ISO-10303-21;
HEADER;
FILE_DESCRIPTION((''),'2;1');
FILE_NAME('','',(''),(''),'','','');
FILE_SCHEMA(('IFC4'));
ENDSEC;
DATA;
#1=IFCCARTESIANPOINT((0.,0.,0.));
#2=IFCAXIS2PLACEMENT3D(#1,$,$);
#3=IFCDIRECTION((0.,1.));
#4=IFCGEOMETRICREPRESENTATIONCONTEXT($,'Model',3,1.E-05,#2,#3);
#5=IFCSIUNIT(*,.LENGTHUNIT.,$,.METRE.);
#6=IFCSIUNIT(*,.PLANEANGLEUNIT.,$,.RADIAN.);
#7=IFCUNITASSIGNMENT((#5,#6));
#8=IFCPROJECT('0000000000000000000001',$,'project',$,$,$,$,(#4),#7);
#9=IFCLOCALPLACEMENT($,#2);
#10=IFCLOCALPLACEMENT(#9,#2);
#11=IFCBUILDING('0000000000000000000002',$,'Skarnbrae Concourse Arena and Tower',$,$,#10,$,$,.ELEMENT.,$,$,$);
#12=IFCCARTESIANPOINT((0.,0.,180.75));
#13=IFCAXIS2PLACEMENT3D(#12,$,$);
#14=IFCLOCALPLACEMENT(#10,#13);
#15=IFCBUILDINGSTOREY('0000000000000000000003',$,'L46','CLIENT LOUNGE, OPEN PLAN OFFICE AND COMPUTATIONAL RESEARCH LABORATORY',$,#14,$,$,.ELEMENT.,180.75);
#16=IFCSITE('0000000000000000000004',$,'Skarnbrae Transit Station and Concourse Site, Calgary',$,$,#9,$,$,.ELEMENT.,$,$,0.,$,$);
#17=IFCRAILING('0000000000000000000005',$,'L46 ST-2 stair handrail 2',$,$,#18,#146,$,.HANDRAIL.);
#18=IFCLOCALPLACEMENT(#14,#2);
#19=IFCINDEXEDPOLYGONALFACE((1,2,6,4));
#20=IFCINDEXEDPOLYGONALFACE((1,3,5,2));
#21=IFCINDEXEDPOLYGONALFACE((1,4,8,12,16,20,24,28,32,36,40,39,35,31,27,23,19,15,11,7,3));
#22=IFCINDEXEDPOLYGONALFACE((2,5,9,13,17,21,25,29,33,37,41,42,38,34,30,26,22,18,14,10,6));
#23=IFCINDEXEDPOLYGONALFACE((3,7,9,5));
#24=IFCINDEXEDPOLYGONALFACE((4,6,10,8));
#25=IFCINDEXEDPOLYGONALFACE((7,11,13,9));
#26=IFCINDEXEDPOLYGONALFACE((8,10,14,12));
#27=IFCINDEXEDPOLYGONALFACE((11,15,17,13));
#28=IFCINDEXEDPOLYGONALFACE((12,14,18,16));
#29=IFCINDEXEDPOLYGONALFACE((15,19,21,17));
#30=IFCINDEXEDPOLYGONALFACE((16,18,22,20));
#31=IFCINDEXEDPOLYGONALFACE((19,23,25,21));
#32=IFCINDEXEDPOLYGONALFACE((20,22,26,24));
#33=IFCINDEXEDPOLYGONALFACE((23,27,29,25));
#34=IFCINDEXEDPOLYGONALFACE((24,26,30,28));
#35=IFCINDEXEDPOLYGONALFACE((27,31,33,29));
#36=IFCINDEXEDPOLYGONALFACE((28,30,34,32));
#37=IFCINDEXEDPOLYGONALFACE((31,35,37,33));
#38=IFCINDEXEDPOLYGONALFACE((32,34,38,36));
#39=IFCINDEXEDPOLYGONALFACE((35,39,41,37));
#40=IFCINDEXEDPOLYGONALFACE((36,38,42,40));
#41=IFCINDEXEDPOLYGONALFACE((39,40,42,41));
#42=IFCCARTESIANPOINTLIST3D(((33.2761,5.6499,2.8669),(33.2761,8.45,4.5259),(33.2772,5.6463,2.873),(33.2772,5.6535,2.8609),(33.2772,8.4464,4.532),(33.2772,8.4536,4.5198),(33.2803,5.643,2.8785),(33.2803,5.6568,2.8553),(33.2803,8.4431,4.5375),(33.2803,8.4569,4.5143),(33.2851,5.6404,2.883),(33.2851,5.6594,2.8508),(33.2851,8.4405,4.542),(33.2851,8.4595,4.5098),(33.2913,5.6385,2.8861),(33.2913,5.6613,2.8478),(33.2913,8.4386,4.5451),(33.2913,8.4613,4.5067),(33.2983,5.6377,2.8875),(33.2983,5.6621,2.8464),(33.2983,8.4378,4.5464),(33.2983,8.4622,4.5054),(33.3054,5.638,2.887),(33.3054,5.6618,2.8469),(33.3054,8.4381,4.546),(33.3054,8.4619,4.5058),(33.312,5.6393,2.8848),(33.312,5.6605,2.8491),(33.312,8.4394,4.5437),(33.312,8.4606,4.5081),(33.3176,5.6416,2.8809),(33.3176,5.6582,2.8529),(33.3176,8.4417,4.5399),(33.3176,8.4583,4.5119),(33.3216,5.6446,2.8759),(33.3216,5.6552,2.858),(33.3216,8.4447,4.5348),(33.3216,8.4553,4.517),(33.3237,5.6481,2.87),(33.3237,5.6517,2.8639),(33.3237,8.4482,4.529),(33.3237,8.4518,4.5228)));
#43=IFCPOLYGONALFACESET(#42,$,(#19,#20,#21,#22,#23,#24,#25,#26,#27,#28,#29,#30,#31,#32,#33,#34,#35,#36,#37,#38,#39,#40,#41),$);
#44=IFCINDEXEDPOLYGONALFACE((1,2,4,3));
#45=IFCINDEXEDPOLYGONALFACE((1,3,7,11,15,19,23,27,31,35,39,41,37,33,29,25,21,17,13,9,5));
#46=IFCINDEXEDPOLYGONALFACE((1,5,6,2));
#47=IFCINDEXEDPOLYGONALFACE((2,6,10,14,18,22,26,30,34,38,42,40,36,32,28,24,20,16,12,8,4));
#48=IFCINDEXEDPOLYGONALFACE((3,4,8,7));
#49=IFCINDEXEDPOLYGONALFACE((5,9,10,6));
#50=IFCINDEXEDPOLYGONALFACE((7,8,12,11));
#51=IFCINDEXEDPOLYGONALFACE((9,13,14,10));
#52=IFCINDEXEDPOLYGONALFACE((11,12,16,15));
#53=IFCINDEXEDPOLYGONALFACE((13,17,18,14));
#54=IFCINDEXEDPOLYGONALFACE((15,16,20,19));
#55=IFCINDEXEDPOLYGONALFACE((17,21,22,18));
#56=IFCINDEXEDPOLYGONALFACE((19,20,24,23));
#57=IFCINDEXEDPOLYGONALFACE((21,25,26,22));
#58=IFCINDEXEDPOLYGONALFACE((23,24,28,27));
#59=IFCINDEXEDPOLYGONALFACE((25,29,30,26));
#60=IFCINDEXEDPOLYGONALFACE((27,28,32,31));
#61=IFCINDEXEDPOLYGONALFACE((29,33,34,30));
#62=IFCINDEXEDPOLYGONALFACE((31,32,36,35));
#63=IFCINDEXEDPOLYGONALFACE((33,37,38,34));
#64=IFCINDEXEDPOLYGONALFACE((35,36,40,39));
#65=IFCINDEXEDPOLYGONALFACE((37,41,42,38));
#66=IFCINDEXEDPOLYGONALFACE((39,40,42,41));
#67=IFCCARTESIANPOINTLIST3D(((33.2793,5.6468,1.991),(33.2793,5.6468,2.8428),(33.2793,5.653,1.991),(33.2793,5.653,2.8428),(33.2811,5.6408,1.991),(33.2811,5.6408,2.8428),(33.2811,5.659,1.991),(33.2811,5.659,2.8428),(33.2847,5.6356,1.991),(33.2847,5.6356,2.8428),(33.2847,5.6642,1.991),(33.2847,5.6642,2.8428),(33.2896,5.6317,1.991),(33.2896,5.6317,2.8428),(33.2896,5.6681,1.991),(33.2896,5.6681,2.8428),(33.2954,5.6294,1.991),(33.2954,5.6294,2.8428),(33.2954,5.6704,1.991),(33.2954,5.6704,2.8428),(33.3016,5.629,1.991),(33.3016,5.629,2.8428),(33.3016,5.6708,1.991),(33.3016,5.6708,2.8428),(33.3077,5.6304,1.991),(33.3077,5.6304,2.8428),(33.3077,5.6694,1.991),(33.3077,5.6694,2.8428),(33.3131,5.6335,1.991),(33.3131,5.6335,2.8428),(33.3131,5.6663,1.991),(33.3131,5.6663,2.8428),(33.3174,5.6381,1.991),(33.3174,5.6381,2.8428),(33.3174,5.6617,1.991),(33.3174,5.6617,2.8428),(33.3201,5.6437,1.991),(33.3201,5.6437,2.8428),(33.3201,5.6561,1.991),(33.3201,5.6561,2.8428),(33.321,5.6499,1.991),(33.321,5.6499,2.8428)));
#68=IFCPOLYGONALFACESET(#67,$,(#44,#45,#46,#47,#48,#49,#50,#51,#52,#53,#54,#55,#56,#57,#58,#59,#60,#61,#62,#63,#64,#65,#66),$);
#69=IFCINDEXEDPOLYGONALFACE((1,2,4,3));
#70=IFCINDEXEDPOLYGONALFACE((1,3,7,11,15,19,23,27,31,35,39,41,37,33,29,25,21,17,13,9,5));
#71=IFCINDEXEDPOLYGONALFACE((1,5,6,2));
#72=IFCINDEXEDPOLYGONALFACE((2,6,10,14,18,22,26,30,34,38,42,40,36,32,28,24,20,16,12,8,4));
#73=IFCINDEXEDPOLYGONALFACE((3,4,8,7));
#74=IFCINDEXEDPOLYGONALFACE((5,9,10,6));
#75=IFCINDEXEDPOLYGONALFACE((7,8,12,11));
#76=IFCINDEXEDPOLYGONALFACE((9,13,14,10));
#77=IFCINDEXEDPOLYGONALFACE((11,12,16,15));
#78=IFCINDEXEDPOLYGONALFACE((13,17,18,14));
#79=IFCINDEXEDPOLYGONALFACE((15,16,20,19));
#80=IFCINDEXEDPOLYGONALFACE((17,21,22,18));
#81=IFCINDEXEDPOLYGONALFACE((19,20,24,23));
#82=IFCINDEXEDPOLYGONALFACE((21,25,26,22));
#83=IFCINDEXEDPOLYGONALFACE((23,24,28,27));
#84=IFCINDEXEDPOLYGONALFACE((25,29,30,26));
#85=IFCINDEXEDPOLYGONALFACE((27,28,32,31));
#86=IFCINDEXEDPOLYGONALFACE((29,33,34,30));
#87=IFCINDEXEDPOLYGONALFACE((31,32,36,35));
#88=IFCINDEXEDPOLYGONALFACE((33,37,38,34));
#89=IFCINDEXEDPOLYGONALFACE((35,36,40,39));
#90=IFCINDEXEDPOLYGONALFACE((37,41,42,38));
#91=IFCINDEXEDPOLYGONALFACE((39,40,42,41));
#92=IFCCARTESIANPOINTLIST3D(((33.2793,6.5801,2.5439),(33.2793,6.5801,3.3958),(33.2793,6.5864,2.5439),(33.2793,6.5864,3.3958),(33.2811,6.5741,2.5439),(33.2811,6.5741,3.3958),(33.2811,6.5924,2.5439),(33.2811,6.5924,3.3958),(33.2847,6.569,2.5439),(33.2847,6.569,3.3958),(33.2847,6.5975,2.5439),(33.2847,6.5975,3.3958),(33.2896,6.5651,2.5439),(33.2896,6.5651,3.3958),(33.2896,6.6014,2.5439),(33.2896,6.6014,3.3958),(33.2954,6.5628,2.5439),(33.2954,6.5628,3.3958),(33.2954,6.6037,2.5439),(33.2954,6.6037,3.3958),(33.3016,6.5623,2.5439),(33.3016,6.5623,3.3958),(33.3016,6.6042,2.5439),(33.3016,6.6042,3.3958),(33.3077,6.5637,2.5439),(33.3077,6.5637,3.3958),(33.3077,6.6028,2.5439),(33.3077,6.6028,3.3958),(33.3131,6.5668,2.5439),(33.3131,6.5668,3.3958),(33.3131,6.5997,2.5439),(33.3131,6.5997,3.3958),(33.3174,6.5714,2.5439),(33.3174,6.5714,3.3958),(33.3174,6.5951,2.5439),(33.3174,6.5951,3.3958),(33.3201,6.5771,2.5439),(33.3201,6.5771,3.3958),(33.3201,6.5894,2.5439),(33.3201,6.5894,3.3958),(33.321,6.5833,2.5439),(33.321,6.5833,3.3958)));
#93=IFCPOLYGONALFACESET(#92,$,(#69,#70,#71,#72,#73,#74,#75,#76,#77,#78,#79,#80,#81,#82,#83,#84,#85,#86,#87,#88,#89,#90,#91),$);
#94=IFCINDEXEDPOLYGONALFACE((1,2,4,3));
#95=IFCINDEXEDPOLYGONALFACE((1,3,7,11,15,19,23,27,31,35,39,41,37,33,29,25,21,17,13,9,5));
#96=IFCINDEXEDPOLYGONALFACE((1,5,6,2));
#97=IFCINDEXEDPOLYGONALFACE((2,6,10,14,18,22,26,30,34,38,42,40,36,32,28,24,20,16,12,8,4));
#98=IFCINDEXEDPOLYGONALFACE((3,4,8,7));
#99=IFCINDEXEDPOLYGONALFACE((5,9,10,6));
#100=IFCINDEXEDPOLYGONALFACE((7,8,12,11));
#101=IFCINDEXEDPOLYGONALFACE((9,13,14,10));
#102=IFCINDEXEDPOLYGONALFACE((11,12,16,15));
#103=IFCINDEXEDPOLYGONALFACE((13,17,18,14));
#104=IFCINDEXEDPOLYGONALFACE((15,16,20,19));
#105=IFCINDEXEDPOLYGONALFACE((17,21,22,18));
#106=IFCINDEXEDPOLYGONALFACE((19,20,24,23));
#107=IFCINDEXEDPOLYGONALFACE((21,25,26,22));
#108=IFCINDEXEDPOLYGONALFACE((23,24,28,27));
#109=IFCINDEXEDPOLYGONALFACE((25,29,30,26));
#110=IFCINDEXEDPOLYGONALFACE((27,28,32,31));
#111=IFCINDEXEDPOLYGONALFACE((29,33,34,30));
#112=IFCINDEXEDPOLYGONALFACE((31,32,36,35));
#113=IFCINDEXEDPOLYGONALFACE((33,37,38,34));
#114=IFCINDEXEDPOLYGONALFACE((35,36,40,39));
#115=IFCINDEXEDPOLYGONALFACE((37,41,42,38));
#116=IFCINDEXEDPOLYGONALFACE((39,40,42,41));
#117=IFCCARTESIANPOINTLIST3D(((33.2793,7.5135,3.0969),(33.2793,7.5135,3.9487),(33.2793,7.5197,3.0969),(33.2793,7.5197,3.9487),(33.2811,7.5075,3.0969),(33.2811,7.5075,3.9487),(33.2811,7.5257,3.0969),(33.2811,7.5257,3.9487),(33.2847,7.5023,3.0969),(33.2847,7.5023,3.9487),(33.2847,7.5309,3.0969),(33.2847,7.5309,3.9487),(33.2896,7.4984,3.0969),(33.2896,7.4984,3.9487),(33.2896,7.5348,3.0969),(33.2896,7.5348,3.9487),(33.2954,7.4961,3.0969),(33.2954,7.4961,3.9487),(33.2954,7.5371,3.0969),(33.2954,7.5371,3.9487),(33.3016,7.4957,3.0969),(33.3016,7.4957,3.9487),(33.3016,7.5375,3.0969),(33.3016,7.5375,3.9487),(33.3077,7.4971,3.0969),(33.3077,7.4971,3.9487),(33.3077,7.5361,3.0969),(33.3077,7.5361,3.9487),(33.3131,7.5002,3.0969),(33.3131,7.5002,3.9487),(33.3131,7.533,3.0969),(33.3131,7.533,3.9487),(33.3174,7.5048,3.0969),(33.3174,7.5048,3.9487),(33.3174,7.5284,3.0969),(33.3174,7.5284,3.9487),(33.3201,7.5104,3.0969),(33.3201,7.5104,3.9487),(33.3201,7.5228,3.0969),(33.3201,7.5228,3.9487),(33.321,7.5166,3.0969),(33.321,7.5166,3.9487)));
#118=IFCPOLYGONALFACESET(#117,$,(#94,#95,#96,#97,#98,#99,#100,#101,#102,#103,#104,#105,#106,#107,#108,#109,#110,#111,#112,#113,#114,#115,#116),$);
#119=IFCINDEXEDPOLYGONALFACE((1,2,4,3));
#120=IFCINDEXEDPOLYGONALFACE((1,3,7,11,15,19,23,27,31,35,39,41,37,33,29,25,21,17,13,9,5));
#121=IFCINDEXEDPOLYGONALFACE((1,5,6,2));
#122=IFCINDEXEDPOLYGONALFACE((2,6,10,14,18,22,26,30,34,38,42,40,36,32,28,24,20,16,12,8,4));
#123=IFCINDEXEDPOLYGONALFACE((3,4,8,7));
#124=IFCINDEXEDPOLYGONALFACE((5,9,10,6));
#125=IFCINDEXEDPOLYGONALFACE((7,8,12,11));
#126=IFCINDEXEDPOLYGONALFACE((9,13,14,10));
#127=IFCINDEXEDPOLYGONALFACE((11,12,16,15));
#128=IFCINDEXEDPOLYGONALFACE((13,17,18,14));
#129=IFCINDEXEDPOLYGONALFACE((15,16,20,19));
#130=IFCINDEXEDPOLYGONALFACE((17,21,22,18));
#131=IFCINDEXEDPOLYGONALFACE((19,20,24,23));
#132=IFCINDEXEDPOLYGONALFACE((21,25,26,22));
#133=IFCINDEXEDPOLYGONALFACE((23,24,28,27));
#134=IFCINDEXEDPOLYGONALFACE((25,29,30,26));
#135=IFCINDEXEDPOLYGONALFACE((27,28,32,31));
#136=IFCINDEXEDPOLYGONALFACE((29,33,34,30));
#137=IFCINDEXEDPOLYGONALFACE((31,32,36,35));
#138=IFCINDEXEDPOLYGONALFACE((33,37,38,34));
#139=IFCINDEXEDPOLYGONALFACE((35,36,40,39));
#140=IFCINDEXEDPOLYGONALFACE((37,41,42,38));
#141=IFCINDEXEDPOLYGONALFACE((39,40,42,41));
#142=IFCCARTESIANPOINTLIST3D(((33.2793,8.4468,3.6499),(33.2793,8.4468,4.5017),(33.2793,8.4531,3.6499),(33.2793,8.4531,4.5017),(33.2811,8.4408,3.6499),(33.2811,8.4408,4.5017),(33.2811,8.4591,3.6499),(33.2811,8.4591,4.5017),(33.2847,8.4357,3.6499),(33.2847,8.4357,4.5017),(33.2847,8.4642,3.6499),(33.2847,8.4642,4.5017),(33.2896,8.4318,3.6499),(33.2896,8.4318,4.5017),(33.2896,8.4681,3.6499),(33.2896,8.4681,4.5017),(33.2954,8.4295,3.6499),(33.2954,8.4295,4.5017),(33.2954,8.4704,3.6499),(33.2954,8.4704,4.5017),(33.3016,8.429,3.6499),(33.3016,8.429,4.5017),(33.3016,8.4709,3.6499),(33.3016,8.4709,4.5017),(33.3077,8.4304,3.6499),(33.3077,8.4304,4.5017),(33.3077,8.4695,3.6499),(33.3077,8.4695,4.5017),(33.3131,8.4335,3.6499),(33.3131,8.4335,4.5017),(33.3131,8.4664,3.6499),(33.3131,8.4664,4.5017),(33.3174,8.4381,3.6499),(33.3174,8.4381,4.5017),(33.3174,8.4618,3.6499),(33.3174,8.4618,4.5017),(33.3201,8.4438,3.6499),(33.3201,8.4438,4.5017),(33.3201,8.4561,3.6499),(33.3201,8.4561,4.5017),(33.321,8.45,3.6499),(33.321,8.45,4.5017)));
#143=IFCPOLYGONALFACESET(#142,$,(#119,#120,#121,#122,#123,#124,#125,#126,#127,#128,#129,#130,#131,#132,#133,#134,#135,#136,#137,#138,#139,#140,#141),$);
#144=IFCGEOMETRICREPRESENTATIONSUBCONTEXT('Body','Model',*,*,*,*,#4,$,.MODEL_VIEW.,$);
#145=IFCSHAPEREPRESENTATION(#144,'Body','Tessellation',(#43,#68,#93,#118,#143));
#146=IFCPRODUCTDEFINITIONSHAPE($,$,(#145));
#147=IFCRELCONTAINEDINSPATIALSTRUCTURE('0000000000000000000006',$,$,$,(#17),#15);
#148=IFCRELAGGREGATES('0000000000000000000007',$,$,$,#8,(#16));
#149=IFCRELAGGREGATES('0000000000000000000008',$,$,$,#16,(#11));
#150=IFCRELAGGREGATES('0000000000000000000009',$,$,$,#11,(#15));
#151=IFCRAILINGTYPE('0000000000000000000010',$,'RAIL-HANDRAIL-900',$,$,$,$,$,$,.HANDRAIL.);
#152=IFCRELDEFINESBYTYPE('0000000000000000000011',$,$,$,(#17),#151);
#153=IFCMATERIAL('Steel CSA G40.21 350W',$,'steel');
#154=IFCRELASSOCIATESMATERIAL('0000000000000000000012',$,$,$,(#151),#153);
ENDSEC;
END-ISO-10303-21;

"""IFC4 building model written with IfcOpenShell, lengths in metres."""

from ifc_helpers import new_model, si_unit, direction, frame, origin, origin_2d, place, context, subcontext, project, spatial, circle, extrude, material, type_object, element, save


model = new_model("IFC4")

# Units and contexts
model_context = context("Model", 3, precision=1e-05, world=origin(), true_north=direction((0.0, 1.0)))
body_context = subcontext(model_context, "Body", "Model", "MODEL_VIEW")
ifc_project = project(units=[si_unit("LENGTHUNIT", "METRE"), si_unit("PLANEANGLEUNIT", "RADIAN")], contexts=[model_context])

# Site, building, storey
site_placement = place(None, origin())
site = spatial("IfcSite", under=ifc_project, at=site_placement, Name="Skarnbrae Transit Station and Concourse Site, Calgary", CompositionType="ELEMENT", RefElevation=0.0)
building_placement = place(site_placement, origin())
building = spatial("IfcBuilding", under=site, at=building_placement, Name="Skarnbrae Concourse Arena and Tower", CompositionType="ELEMENT")
storey_placement = place(building_placement, frame((0.0, 0.0, 180.75)))
storey = spatial("IfcBuildingStorey", under=building, at=storey_placement, Name="L46", Description="CLIENT LOUNGE, OPEN PLAN OFFICE AND COMPUTATIONAL RESEARCH LABORATORY", CompositionType="ELEMENT", Elevation=180.75)

# Shared definitions
ifc_material_1 = material(Name="Steel CSA G40.21 350W", Category="steel")

# Railing
railing_type_1 = type_object("IfcRailingType", Name="RAIL-HANDRAIL-900", PredefinedType="HANDRAIL", material=ifc_material_1)
railing_1_placement = place(storey_placement, frame((33.3, 5.6499, 1.991)))
element("IfcRailing", 1, at=railing_1_placement, inside=storey, type_object=railing_type_1, Name="L46 ST-2 stair handrail 2", PredefinedType="HANDRAIL", context=body_context, shape_type="SweptSolid", body=[
    extrude(circle(Radius=0.0239, at=origin_2d()), frame((0.0, 0.0, 0.876), z_axis=(0.0, 0.860339, 0.509722), x_axis=(-1.0, 0.0, 0.0)), (0.0, 0.0, 1.0), 3.2546),
    extrude(circle(Radius=0.021, at=origin_2d()), origin(), (0.0, 0.0, 1.0), 0.8518),
    extrude(circle(Radius=0.021, at=origin_2d()), frame((0.0, 0.9333, 0.553)), (0.0, 0.0, 1.0), 0.8518),
    extrude(circle(Radius=0.021, at=origin_2d()), frame((0.0, 1.8667, 1.106)), (0.0, 0.0, 1.0), 0.8518),
    extrude(circle(Radius=0.021, at=origin_2d()), frame((0.0, 2.8, 1.6589)), (0.0, 0.0, 1.0), 0.8518),
])

save(model, "model.ifc")
